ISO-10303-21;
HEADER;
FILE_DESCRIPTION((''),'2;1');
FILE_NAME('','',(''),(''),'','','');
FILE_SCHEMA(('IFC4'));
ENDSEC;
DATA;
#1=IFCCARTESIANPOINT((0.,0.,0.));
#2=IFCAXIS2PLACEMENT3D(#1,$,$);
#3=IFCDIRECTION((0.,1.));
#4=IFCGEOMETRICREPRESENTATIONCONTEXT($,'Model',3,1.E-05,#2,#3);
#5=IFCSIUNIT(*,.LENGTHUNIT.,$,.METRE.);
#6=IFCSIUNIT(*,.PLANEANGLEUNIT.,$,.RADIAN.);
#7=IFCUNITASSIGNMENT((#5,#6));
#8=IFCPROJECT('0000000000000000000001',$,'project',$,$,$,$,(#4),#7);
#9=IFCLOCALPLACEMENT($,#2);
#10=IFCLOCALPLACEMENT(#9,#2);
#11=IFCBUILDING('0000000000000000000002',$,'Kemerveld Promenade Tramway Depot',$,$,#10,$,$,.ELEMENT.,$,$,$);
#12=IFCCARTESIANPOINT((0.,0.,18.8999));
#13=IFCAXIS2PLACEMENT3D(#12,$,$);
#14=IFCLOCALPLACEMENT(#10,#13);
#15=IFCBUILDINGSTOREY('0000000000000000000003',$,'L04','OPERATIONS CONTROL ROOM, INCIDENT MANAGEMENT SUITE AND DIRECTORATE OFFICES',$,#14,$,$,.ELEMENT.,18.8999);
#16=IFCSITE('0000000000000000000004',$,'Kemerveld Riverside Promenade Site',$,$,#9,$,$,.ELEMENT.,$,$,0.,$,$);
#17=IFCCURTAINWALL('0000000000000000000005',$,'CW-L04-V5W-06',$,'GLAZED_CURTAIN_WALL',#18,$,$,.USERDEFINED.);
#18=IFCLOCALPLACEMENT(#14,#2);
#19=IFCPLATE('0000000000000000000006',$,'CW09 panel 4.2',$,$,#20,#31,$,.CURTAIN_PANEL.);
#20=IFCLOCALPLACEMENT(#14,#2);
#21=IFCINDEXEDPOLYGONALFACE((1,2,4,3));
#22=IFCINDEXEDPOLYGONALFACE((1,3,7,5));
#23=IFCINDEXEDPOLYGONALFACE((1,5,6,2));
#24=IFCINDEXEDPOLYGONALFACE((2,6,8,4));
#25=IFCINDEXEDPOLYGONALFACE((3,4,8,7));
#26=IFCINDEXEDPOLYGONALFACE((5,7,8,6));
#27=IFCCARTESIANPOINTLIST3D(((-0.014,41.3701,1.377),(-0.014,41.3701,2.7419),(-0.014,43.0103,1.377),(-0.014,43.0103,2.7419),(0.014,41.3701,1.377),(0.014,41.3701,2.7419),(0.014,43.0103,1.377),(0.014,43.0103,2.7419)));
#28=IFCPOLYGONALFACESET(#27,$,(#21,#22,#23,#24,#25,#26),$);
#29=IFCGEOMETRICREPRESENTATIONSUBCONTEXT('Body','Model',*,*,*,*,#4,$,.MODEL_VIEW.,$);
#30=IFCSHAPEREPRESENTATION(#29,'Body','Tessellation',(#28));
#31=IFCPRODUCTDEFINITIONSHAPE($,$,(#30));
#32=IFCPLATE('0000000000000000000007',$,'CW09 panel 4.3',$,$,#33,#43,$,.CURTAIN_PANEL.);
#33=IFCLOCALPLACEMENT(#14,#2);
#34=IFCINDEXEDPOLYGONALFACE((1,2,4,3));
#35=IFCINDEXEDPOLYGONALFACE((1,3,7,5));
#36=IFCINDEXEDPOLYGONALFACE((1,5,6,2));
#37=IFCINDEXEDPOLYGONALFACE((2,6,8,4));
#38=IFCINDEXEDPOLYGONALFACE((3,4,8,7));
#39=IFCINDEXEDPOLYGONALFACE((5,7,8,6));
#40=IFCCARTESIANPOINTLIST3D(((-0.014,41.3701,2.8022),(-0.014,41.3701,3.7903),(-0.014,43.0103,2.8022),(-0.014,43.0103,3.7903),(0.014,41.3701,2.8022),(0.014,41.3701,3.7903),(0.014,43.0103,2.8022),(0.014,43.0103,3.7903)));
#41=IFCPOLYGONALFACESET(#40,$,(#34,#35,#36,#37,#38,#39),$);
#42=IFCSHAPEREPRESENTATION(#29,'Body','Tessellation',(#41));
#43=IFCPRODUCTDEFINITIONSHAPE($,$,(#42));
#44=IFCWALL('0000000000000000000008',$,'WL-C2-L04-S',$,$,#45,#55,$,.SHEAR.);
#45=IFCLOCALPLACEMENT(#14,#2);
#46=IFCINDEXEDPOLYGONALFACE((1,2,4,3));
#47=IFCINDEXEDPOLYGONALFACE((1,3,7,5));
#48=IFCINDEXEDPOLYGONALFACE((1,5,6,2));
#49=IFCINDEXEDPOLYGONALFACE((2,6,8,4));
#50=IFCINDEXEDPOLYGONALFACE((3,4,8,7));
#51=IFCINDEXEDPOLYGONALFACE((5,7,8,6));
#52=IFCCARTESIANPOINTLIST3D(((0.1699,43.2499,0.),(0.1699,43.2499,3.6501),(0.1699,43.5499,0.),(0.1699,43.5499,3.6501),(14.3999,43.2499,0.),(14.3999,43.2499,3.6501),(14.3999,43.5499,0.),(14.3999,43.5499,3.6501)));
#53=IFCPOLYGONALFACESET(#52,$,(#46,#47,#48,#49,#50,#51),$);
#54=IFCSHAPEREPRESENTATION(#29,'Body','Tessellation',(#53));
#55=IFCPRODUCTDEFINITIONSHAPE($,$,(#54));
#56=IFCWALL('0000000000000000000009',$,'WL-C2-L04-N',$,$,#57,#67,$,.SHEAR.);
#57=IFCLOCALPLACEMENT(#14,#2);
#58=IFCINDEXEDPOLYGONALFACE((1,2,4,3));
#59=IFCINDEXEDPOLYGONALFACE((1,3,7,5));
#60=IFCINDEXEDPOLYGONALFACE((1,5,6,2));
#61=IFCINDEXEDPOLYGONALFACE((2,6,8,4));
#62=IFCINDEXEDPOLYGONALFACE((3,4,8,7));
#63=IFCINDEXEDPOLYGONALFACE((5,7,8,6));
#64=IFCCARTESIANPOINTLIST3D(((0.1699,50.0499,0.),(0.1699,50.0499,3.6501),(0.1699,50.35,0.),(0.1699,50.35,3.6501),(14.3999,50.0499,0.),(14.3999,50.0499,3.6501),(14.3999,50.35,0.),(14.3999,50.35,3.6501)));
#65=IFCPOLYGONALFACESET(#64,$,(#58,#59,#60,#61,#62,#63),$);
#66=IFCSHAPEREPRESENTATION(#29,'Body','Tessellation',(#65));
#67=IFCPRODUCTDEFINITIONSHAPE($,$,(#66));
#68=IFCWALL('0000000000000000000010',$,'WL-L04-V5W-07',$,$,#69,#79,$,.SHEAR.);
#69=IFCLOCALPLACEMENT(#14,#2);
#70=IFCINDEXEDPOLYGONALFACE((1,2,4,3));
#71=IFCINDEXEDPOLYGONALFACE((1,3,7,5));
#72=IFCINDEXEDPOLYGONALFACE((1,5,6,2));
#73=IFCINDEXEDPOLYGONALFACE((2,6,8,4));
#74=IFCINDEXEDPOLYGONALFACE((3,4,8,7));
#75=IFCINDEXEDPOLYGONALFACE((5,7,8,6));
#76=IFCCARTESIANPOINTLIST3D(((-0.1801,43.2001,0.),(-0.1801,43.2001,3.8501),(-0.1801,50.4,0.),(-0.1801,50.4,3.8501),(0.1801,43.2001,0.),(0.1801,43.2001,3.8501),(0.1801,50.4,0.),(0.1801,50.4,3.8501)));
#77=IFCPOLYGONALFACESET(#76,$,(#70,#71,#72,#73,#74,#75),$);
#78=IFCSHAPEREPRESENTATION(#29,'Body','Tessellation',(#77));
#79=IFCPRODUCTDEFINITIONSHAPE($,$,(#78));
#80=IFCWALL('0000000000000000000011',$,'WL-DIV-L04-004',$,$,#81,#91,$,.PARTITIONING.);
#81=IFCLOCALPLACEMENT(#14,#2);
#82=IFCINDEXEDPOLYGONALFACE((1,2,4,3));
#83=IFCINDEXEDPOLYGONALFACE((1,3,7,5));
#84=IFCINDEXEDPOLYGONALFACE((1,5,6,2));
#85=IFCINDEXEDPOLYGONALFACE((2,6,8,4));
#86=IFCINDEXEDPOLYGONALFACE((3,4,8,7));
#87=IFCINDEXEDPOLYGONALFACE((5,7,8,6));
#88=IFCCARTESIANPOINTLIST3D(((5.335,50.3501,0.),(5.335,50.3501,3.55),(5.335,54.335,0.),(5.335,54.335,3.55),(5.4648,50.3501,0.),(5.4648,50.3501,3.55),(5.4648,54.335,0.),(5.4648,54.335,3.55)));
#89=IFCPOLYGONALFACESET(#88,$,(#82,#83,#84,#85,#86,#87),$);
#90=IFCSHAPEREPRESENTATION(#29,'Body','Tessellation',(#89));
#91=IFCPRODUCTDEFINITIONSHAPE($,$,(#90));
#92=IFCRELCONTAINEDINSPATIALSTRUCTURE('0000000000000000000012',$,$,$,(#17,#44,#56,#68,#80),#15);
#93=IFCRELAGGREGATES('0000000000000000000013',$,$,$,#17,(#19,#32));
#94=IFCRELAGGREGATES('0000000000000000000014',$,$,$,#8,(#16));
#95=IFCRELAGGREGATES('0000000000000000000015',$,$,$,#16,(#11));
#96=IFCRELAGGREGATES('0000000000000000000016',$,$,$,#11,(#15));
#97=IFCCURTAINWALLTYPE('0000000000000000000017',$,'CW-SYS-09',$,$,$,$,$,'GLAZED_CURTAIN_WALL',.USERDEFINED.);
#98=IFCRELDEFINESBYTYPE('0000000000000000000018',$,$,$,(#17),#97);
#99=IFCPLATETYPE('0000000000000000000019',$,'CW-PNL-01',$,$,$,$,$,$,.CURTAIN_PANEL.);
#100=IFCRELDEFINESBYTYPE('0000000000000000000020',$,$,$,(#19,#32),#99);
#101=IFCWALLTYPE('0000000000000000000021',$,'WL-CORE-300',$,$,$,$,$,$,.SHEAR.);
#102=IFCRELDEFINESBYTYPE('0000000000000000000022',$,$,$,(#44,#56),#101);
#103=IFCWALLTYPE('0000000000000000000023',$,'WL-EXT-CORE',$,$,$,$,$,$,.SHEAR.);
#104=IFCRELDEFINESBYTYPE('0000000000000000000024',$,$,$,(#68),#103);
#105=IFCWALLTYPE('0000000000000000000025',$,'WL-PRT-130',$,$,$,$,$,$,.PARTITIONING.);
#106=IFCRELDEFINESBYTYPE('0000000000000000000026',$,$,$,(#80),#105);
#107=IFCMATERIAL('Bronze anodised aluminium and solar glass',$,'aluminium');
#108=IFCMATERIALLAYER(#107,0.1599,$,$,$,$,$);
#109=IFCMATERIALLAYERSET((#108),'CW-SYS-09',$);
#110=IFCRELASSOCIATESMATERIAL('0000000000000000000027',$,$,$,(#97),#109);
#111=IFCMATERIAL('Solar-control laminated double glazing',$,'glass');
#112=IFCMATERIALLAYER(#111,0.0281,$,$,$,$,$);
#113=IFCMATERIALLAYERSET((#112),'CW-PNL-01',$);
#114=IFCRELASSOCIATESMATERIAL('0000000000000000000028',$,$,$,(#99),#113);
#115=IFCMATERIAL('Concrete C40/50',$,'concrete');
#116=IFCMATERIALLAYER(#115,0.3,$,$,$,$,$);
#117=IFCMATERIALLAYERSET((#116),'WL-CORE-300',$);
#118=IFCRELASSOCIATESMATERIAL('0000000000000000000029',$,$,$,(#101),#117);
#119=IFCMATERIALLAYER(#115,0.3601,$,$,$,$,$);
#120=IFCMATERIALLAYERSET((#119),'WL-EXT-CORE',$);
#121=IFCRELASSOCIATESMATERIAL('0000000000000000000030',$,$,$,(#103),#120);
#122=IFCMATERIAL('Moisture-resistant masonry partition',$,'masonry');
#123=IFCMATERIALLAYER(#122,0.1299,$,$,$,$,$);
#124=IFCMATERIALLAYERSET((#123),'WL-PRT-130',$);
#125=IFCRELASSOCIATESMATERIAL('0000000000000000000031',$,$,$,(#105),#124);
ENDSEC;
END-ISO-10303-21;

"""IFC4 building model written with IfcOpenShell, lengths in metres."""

from ifc_helpers import new_model, si_unit, direction, frame, frame_2d, origin, origin_2d, place, context, subcontext, project, spatial, rectangle, extrude, material, layer, layer_set, type_object, element, aggregate, save


model = new_model("IFC4")

# Units and contexts
model_context = context("Model", 3, precision=1e-05, world=origin(), true_north=direction((0.0, 1.0)))
body_context = subcontext(model_context, "Body", "Model", "MODEL_VIEW")
ifc_project = project(units=[si_unit("LENGTHUNIT", "METRE"), si_unit("PLANEANGLEUNIT", "RADIAN")], contexts=[model_context])

# Site, building, storey
site_placement = place(None, origin())
site = spatial("IfcSite", under=ifc_project, at=site_placement, Name="Kemerveld Riverside Promenade Site", CompositionType="ELEMENT", RefElevation=0.0)
building_placement = place(site_placement, origin())
building = spatial("IfcBuilding", under=site, at=building_placement, Name="Kemerveld Promenade Tramway Depot", CompositionType="ELEMENT")
storey_placement = place(building_placement, frame((0.0, 0.0, 18.8999)))
storey = spatial("IfcBuildingStorey", under=building, at=storey_placement, Name="L04", Description="OPERATIONS CONTROL ROOM, INCIDENT MANAGEMENT SUITE AND DIRECTORATE OFFICES", CompositionType="ELEMENT", Elevation=18.8999)

# Shared definitions
ifc_material_1 = material(Name="Concrete C40/50", Category="concrete")

# Curtain wall, plates
ifc_material_2 = material(Name="Bronze anodised aluminium and solar glass", Category="aluminium")
ifc_layer_1 = layer(ifc_material_2, 0.1599)
ifc_layer_set_1 = layer_set([ifc_layer_1], Name="CW-SYS-09")
curtain_wall_type = type_object("IfcCurtainWallType", Name="CW-SYS-09", ElementType="GLAZED_CURTAIN_WALL", PredefinedType="USERDEFINED", material=ifc_layer_set_1)
curtain_wall_placement = place(storey_placement, origin())
curtain_wall = element("IfcCurtainWall", 1, at=curtain_wall_placement, inside=storey, type_object=curtain_wall_type, Name="CW-L04-V5W-06", ObjectType="GLAZED_CURTAIN_WALL", PredefinedType="USERDEFINED")
ifc_material_3 = material(Name="Solar-control laminated double glazing", Category="glass")
ifc_layer_2 = layer(ifc_material_3, 0.0281)
ifc_layer_set_2 = layer_set([ifc_layer_2], Name="CW-PNL-01")
plate_type = type_object("IfcPlateType", Name="CW-PNL-01", PredefinedType="CURTAIN_PANEL", material=ifc_layer_set_2)
plate_1_placement = place(storey_placement, frame((0.0, 42.1902, 1.377), z_axis=(0.0, 0.0, 1.0), x_axis=(0.0, 1.0, 0.0)))
plate_1 = element("IfcPlate", 2, at=plate_1_placement, type_object=plate_type, Name="CW09 panel 4.2", PredefinedType="CURTAIN_PANEL", context=body_context, shape_type="SweptSolid", body=[
    extrude(rectangle(XDim=1.6401, YDim=0.0281, at=origin_2d()), origin(), (0.0, 0.0, 1.0), 1.365),
])
plate_2_placement = place(storey_placement, frame((0.0, 42.1902, 2.8022), z_axis=(0.0, 0.0, 1.0), x_axis=(0.0, 1.0, 0.0)))
plate_2 = element("IfcPlate", 3, at=plate_2_placement, type_object=plate_type, Name="CW09 panel 4.3", PredefinedType="CURTAIN_PANEL", context=body_context, shape_type="SweptSolid", body=[
    extrude(rectangle(XDim=1.6401, YDim=0.0281, at=origin_2d()), origin(), (0.0, 0.0, 1.0), 0.988),
])
aggregate(curtain_wall, [plate_1, plate_2])

# Walls
ifc_layer_3 = layer(ifc_material_1, 0.3)
ifc_layer_set_3 = layer_set([ifc_layer_3], Name="WL-CORE-300")
wall_type_1 = type_object("IfcWallType", Name="WL-CORE-300", PredefinedType="SHEAR", material=ifc_layer_set_3)
for number, where, z_axis, x_axis, name in (
    (4, (0.1699, 43.3999, 0.0), (0.0, 0.0, 1.0), (1.0, 0.0, 0.0), "WL-C2-L04-S"),
    (5, (0.1699, 50.2, 0.0), (0.0, 0.0, 1.0), (1.0, 0.0, 0.0), "WL-C2-L04-N"),
):
    element("IfcWall", number, at=place(storey_placement, frame(where, z_axis=z_axis, x_axis=x_axis)), inside=storey, type_object=wall_type_1, Name=name, PredefinedType="SHEAR", context=body_context, shape_type="SweptSolid", body=[
        extrude(rectangle(XDim=14.23, YDim=0.3, at=frame_2d((7.115, 0.0))), origin(), (0.0, 0.0, 1.0), 3.6501),
    ])
ifc_layer_4 = layer(ifc_material_1, 0.3601)
ifc_layer_set_4 = layer_set([ifc_layer_4], Name="WL-EXT-CORE")
wall_type_2 = type_object("IfcWallType", Name="WL-EXT-CORE", PredefinedType="SHEAR", material=ifc_layer_set_4)
wall_1_placement = place(storey_placement, frame((0.0, 43.2, 0.0), z_axis=(0.0, 0.0, 1.0), x_axis=(0.0, 1.0, 0.0)))
element("IfcWall", 6, at=wall_1_placement, inside=storey, type_object=wall_type_2, Name="WL-L04-V5W-07", PredefinedType="SHEAR", context=body_context, shape_type="SweptSolid", body=[
    extrude(rectangle(XDim=7.2, YDim=0.3601, at=frame_2d((3.6001, 0.0))), origin(), (0.0, 0.0, 1.0), 3.8501),
])
ifc_material_4 = material(Name="Moisture-resistant masonry partition", Category="masonry")
ifc_layer_5 = layer(ifc_material_4, 0.1299)
ifc_layer_set_5 = layer_set([ifc_layer_5], Name="WL-PRT-130")
wall_type_3 = type_object("IfcWallType", Name="WL-PRT-130", PredefinedType="PARTITIONING", material=ifc_layer_set_5)
wall_2_placement = place(storey_placement, frame((5.3999, 50.3501, 0.0), z_axis=(0.0, 0.0, 1.0), x_axis=(0.0, 1.0, 0.0)))
element("IfcWall", 7, at=wall_2_placement, inside=storey, type_object=wall_type_3, Name="WL-DIV-L04-004", PredefinedType="PARTITIONING", context=body_context, shape_type="SweptSolid", body=[
    extrude(rectangle(XDim=3.9849, YDim=0.1299, at=frame_2d((1.9924, 0.0))), origin(), (0.0, 0.0, 1.0), 3.55),
])

save(model, "model.ifc")
